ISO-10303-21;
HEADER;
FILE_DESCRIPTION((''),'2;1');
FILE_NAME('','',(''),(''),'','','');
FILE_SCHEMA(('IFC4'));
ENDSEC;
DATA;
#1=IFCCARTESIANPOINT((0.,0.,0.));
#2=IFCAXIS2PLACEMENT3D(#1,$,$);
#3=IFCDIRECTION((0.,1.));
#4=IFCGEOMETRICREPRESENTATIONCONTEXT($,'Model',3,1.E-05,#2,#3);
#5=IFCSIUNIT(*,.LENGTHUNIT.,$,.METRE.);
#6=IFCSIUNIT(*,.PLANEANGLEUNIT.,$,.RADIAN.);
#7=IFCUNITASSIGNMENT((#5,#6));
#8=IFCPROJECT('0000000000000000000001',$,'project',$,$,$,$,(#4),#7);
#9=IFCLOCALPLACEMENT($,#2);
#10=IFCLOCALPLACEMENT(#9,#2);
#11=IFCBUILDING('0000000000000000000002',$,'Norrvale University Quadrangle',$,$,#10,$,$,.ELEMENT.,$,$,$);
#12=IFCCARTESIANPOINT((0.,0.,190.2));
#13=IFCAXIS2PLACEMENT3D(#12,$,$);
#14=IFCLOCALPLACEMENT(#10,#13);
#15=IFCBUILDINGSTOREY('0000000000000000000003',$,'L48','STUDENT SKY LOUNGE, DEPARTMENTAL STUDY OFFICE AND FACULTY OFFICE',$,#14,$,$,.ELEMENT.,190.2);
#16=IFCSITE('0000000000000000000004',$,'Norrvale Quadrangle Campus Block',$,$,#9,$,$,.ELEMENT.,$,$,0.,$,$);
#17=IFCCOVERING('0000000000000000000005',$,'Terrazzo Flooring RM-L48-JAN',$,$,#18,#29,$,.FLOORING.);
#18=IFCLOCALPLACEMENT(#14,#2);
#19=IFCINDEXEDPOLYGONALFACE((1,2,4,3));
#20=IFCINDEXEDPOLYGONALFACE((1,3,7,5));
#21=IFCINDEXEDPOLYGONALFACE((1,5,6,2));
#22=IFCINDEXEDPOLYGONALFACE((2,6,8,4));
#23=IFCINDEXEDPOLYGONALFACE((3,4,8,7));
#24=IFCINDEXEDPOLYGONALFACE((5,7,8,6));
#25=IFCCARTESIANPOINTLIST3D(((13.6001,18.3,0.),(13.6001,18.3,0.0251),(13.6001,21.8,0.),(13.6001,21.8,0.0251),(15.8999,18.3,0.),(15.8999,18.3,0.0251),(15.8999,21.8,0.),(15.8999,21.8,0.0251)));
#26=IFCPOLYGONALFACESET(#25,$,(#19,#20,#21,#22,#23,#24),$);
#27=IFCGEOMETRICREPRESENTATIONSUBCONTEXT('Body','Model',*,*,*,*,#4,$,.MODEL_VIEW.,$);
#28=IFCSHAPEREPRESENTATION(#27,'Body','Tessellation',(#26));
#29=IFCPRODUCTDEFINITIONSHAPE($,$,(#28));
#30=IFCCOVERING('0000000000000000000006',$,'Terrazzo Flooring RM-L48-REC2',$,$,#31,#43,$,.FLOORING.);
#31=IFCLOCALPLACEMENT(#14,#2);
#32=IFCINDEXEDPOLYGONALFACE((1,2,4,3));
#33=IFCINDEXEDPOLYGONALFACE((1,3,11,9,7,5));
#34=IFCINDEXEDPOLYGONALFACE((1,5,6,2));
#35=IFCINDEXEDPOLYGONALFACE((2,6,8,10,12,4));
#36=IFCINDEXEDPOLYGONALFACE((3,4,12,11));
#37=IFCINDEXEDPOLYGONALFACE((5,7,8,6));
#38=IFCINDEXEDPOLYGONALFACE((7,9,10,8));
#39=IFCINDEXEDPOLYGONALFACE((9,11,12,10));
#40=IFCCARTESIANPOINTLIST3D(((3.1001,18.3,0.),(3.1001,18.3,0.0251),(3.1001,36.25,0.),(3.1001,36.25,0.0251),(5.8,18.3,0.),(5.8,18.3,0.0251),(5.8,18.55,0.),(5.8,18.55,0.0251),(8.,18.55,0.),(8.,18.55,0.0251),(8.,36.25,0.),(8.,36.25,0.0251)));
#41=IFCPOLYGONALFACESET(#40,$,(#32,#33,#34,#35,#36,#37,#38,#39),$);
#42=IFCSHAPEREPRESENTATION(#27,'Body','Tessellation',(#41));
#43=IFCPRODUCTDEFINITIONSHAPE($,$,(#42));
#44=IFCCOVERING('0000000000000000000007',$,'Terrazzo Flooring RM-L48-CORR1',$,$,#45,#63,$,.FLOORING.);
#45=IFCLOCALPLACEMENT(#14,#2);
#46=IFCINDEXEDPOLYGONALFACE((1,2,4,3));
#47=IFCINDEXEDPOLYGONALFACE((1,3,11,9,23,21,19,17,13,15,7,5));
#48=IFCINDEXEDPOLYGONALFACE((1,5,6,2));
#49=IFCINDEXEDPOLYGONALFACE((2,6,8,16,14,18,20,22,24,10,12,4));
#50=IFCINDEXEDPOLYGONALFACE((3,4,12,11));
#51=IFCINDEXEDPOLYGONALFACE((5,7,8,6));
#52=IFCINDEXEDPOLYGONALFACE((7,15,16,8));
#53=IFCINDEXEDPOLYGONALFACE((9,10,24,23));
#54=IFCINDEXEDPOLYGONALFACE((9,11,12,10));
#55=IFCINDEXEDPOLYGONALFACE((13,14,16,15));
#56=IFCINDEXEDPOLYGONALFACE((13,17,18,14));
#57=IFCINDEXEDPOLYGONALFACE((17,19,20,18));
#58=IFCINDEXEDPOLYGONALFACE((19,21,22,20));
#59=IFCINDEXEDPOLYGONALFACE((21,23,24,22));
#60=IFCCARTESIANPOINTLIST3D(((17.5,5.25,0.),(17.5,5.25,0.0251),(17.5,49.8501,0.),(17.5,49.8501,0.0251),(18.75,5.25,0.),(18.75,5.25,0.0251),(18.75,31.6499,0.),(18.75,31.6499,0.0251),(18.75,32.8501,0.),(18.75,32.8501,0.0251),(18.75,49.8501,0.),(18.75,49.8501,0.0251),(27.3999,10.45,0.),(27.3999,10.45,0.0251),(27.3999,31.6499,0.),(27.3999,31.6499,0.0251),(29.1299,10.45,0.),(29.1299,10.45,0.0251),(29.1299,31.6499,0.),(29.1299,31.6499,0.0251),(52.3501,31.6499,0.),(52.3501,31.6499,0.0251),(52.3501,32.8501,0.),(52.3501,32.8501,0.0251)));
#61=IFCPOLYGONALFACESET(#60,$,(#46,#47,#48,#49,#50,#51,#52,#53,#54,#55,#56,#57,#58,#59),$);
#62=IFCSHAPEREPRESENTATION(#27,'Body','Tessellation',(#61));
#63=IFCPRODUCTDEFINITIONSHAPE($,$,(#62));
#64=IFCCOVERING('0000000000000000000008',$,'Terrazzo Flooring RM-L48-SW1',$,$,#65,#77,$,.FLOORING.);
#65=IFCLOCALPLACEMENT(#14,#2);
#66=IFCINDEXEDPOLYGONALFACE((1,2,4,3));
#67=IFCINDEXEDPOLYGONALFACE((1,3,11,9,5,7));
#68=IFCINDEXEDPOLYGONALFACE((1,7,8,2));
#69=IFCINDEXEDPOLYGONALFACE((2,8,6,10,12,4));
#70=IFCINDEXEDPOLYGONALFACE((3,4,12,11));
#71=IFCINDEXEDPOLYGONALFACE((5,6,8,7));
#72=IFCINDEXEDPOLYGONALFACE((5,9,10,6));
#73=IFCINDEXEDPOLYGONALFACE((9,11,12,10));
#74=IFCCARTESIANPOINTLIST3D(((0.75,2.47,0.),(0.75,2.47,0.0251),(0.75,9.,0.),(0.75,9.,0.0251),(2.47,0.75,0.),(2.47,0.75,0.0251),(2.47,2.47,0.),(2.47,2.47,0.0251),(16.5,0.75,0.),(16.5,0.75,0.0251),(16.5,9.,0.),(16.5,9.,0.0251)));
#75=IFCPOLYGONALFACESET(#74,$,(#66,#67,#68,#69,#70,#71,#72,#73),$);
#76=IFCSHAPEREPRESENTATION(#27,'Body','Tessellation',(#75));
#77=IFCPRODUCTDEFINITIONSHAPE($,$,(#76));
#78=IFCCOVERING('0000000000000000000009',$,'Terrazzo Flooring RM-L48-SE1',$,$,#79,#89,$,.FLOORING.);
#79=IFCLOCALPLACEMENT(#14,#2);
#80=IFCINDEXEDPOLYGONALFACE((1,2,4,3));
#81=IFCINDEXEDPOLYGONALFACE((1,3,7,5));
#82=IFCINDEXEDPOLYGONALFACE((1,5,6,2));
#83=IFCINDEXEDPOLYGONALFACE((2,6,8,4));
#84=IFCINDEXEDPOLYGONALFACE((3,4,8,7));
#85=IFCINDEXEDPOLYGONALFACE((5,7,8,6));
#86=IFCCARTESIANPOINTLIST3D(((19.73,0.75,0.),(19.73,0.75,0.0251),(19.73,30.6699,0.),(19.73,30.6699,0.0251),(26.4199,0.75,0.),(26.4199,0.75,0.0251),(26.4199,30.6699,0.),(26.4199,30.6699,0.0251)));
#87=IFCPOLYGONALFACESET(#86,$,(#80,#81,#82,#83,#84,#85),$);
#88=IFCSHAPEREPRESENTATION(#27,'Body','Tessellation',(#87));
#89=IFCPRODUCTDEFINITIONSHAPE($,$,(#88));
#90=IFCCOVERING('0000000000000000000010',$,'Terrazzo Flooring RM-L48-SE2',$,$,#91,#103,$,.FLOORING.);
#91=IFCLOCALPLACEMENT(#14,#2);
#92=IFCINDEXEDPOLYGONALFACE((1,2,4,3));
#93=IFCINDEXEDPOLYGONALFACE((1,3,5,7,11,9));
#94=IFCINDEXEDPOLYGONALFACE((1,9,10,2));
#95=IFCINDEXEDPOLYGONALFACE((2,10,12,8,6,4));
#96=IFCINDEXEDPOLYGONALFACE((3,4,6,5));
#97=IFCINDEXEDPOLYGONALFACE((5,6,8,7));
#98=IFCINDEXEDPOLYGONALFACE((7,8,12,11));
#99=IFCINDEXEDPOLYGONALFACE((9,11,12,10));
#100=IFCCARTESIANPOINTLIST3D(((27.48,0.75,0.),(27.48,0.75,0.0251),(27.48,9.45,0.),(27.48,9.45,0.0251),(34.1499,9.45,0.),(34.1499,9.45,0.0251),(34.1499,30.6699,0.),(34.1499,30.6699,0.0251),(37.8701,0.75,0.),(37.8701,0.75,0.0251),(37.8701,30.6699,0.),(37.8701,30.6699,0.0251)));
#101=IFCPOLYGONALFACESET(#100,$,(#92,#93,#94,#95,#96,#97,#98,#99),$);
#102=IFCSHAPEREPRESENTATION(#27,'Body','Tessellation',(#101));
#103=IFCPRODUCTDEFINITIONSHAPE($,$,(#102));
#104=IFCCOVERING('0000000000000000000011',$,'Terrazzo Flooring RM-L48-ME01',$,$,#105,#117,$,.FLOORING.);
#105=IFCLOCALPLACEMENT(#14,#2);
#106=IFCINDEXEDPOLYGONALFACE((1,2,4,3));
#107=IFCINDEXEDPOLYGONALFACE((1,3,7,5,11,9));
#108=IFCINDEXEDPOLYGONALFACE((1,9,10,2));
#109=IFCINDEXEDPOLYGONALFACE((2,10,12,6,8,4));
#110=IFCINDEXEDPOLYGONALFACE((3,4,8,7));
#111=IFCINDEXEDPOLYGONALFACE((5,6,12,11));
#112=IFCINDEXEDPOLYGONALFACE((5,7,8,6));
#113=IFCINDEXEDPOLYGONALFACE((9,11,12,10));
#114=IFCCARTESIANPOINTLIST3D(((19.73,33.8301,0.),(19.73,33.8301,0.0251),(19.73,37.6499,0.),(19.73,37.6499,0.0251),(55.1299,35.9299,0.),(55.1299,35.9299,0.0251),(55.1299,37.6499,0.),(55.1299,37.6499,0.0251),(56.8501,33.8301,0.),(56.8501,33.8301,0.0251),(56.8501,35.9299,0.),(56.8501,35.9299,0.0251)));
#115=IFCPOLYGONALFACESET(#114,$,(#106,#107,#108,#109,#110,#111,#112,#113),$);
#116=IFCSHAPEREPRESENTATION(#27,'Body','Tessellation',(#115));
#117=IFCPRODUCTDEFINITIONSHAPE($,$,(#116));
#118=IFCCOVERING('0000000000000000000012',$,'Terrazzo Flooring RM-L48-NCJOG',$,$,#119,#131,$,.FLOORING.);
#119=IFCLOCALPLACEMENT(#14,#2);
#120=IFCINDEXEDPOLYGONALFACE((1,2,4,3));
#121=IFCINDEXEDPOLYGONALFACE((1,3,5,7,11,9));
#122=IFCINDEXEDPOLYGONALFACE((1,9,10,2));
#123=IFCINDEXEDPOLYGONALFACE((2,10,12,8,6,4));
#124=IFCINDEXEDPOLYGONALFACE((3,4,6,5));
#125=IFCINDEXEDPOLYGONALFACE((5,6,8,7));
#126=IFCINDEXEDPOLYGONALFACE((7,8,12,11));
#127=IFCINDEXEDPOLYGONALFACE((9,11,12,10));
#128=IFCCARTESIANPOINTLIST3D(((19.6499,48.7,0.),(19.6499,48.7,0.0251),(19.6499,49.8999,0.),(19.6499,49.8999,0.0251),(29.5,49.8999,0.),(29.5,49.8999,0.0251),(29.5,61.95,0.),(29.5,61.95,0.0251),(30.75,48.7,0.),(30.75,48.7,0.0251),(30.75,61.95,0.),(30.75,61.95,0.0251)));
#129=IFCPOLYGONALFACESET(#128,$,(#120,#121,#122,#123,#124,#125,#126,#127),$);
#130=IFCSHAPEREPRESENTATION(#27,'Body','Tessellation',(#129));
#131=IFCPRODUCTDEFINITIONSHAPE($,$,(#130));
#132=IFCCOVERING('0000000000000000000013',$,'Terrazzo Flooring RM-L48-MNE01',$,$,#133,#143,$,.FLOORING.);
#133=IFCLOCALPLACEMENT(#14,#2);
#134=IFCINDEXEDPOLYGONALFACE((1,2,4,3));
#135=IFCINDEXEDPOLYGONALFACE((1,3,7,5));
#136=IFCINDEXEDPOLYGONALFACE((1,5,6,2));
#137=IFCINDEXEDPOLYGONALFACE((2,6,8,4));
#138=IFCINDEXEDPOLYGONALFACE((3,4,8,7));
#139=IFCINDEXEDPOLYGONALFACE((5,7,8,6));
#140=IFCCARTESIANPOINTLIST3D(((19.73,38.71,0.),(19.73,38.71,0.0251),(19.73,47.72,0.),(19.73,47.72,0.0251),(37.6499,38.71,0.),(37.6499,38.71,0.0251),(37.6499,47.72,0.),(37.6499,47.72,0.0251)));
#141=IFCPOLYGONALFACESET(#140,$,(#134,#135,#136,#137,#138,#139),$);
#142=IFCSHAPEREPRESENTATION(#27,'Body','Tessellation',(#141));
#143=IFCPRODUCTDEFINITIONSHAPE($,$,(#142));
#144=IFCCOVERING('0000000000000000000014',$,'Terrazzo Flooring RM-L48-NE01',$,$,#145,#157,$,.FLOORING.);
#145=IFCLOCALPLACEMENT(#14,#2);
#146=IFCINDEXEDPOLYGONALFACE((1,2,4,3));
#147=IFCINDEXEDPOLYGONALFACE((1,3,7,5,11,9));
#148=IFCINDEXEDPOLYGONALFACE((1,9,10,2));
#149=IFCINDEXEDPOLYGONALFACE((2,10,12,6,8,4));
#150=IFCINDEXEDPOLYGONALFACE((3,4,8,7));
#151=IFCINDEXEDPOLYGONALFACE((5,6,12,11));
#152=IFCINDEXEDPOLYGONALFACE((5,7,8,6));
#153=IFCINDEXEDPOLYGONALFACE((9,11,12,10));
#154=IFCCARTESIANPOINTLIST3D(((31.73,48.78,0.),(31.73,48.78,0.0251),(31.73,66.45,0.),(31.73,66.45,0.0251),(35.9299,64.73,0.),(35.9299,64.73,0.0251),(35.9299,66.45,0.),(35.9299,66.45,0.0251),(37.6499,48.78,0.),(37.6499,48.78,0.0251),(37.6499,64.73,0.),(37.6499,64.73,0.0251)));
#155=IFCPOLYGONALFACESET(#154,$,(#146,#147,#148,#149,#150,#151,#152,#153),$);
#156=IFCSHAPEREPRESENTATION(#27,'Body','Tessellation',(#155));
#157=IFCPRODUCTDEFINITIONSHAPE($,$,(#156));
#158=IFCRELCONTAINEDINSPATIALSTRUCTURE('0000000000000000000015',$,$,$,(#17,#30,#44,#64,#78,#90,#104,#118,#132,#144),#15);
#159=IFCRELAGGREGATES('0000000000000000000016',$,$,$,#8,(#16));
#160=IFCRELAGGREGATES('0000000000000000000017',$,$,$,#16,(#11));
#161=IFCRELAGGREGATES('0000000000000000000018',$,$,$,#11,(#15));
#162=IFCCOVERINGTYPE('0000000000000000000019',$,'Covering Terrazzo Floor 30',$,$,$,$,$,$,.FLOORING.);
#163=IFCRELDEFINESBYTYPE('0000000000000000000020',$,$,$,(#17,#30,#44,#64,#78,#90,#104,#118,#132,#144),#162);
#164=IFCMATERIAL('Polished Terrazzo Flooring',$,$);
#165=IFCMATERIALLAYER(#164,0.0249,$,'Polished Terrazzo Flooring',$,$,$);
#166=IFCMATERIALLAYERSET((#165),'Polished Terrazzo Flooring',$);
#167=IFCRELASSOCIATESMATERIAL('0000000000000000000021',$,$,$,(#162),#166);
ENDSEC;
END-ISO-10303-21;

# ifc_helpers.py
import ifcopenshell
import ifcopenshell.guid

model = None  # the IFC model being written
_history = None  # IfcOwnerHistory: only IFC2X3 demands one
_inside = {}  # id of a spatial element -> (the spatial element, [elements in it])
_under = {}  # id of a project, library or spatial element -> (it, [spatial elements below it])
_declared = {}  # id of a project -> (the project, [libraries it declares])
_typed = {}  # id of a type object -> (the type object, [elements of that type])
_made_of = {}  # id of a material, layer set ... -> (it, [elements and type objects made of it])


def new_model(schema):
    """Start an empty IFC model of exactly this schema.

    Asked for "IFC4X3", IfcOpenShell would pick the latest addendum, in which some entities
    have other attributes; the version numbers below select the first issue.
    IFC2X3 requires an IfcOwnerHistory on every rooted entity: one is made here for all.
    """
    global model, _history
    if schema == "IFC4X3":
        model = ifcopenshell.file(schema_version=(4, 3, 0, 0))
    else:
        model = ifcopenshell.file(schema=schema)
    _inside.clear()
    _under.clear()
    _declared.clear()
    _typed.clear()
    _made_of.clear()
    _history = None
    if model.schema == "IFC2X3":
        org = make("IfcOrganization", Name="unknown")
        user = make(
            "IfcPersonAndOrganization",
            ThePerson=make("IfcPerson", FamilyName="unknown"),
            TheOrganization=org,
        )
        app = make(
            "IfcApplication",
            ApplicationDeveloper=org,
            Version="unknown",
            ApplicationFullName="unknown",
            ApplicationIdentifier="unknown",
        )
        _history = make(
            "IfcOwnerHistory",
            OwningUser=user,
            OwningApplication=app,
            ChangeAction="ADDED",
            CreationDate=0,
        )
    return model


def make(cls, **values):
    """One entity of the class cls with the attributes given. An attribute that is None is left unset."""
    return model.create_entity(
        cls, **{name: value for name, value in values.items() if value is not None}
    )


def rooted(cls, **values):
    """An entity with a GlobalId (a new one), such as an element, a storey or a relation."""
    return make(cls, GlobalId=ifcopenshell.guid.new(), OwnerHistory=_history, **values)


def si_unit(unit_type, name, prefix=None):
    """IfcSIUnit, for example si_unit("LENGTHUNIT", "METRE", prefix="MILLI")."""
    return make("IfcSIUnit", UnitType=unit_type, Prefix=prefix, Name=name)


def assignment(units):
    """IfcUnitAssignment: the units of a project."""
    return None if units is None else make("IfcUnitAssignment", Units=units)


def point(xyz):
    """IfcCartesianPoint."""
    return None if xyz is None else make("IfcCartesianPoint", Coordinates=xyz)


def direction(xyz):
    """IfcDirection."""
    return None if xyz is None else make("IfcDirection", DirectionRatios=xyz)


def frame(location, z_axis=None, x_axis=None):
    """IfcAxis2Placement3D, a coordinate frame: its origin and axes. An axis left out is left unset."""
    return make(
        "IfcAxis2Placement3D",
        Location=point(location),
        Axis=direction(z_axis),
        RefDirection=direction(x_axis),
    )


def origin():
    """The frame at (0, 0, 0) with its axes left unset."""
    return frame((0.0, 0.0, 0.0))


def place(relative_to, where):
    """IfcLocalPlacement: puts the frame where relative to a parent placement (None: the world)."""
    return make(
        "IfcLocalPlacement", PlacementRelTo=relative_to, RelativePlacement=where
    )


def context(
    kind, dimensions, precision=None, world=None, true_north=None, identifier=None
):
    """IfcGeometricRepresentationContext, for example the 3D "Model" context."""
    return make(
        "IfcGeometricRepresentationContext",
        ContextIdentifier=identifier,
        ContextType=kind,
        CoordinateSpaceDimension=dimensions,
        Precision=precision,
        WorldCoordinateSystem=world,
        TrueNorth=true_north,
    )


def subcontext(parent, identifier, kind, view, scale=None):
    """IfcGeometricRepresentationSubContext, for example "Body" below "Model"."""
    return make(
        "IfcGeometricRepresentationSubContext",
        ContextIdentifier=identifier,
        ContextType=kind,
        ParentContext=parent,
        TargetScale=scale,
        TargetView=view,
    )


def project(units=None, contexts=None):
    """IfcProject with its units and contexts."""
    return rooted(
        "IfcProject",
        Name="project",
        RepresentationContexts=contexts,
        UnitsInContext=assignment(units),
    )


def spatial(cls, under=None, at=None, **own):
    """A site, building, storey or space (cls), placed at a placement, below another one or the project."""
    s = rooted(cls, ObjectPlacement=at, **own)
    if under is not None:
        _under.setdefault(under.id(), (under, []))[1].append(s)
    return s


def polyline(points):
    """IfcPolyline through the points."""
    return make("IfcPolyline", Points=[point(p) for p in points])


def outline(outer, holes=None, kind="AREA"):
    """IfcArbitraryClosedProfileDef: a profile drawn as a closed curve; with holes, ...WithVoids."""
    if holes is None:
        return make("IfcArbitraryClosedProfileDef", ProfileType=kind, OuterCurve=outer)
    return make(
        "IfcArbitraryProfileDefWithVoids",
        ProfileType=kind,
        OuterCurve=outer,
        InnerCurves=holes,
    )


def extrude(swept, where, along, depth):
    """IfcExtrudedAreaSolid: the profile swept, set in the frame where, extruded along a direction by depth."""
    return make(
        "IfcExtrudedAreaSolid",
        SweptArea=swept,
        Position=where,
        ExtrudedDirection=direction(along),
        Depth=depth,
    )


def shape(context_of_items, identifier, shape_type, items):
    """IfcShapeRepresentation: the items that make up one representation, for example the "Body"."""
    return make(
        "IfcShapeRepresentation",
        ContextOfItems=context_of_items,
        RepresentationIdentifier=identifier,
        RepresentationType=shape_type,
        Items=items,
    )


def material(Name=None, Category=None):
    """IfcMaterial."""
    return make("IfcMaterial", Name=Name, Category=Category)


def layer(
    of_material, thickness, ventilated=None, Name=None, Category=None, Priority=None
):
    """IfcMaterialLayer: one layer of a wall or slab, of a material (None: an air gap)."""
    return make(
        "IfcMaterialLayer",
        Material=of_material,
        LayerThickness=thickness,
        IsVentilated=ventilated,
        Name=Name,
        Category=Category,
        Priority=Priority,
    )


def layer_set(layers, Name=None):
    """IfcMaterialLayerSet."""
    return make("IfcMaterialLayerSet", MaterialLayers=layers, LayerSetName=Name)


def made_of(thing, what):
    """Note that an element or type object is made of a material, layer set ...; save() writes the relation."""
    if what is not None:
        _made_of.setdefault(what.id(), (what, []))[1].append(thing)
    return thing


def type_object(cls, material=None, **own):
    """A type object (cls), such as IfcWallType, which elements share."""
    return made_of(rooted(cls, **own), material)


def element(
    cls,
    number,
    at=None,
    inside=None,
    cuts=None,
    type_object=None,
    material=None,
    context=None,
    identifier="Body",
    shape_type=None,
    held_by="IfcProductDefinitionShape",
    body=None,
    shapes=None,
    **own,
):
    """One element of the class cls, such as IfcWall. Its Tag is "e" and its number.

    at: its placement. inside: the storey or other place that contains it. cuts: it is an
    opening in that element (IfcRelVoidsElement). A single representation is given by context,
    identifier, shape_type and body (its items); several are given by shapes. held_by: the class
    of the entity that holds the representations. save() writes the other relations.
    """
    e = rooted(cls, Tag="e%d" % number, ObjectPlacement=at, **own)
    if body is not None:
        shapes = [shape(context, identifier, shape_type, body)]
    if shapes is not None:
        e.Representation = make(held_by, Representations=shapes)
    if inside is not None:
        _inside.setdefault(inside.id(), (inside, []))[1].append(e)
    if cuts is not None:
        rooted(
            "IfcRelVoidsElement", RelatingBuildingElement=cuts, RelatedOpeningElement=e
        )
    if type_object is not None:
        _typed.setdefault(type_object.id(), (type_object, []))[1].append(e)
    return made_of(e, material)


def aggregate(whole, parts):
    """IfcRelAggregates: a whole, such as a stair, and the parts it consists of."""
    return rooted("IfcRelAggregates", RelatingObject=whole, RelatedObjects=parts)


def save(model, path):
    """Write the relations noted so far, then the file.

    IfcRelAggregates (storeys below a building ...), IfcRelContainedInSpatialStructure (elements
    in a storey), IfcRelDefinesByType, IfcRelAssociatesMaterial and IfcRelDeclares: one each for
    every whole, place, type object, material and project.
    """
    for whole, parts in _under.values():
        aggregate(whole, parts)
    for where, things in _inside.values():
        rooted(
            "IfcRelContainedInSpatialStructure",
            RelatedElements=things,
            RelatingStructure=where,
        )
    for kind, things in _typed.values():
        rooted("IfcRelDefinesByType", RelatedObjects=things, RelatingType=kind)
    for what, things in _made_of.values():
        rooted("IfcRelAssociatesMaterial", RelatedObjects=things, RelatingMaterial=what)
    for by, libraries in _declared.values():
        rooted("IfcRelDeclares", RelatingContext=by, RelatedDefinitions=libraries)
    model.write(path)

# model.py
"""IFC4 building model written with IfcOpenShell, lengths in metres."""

from ifc_helpers import new_model, si_unit, direction, frame, origin, place, context, subcontext, project, spatial, polyline, outline, extrude, material, layer, layer_set, type_object, element, save


model = new_model("IFC4")

# Units and contexts
model_context = context("Model", 3, precision=1e-05, world=origin(), true_north=direction((0.0, 1.0)))
body_context = subcontext(model_context, "Body", "Model", "MODEL_VIEW")
ifc_project = project(units=[si_unit("LENGTHUNIT", "METRE"), si_unit("PLANEANGLEUNIT", "RADIAN")], contexts=[model_context])

# Site, building, storey
site_placement = place(None, origin())
site = spatial("IfcSite", under=ifc_project, at=site_placement, Name="Norrvale Quadrangle Campus Block", CompositionType="ELEMENT", RefElevation=0.0)
building_placement = place(site_placement, origin())
building = spatial("IfcBuilding", under=site, at=building_placement, Name="Norrvale University Quadrangle", CompositionType="ELEMENT")
storey_placement = place(building_placement, frame((0.0, 0.0, 190.2)))
storey = spatial("IfcBuildingStorey", under=building, at=storey_placement, Name="L48", Description="STUDENT SKY LOUNGE, DEPARTMENTAL STUDY OFFICE AND FACULTY OFFICE", CompositionType="ELEMENT", Elevation=190.2)

# Coverings
ifc_material_1 = material(Name="Polished Terrazzo Flooring")
ifc_layer_1 = layer(ifc_material_1, 0.0249, Name="Polished Terrazzo Flooring")
ifc_layer_set_1 = layer_set([ifc_layer_1], Name="Polished Terrazzo Flooring")
covering_type_1 = type_object("IfcCoveringType", Name="Covering Terrazzo Floor 30", PredefinedType="FLOORING", material=ifc_layer_set_1)
covering_1_placement = place(storey_placement, origin())
element("IfcCovering", 1, at=covering_1_placement, inside=storey, type_object=covering_type_1, Name="Terrazzo Flooring RM-L48-JAN", PredefinedType="FLOORING", context=body_context, shape_type="SweptSolid", body=[
    extrude(outline(polyline([(13.6001, 18.3), (13.6001, 21.8), (15.8999, 21.8), (15.8999, 18.3), (13.6001, 18.3)])), origin(), (0.0, 0.0, 1.0), 0.0251),
])
covering_2_placement = place(storey_placement, origin())
element("IfcCovering", 2, at=covering_2_placement, inside=storey, type_object=covering_type_1, Name="Terrazzo Flooring RM-L48-REC2", PredefinedType="FLOORING", context=body_context, shape_type="SweptSolid", body=[
    extrude(outline(polyline([(3.1001, 18.3), (3.1001, 36.25), (8.0, 36.25), (8.0, 18.55), (5.8, 18.55), (5.8, 18.3), (3.1001, 18.3)])), origin(), (0.0, 0.0, 1.0), 0.0251),
])
covering_3_placement = place(storey_placement, origin())
element("IfcCovering", 3, at=covering_3_placement, inside=storey, type_object=covering_type_1, Name="Terrazzo Flooring RM-L48-CORR1", PredefinedType="FLOORING", context=body_context, shape_type="SweptSolid", body=[
    extrude(outline(polyline([(17.5, 5.25), (17.5, 49.8501), (18.75, 49.8501), (18.75, 32.8501), (52.3501, 32.8501), (52.3501, 31.6499), (29.1299, 31.6499), (29.1299, 10.45), (27.3999, 10.45), (27.3999, 31.6499), (18.75, 31.6499), (18.75, 5.25), (17.5, 5.25)])), origin(), (0.0, 0.0, 1.0), 0.0251),
])
covering_4_placement = place(storey_placement, origin())
element("IfcCovering", 4, at=covering_4_placement, inside=storey, type_object=covering_type_1, Name="Terrazzo Flooring RM-L48-SW1", PredefinedType="FLOORING", context=body_context, shape_type="SweptSolid", body=[
    extrude(outline(polyline([(0.75, 9.0), (16.5, 9.0), (16.5, 0.75), (2.47, 0.75), (2.47, 2.47), (0.75, 2.47), (0.75, 9.0)])), origin(), (0.0, 0.0, 1.0), 0.0251),
])
covering_5_placement = place(storey_placement, origin())
element("IfcCovering", 5, at=covering_5_placement, inside=storey, type_object=covering_type_1, Name="Terrazzo Flooring RM-L48-SE1", PredefinedType="FLOORING", context=body_context, shape_type="SweptSolid", body=[
    extrude(outline(polyline([(19.73, 30.6699), (26.4199, 30.6699), (26.4199, 0.75), (19.73, 0.75), (19.73, 30.6699)])), origin(), (0.0, 0.0, 1.0), 0.0251),
])
covering_6_placement = place(storey_placement, origin())
element("IfcCovering", 6, at=covering_6_placement, inside=storey, type_object=covering_type_1, Name="Terrazzo Flooring RM-L48-SE2", PredefinedType="FLOORING", context=body_context, shape_type="SweptSolid", body=[
    extrude(outline(polyline([(27.48, 9.45), (34.1499, 9.45), (34.1499, 30.6699), (37.8701, 30.6699), (37.8701, 0.75), (27.48, 0.75), (27.48, 9.45)])), origin(), (0.0, 0.0, 1.0), 0.0251),
])
covering_7_placement = place(storey_placement, origin())
element("IfcCovering", 7, at=covering_7_placement, inside=storey, type_object=covering_type_1, Name="Terrazzo Flooring RM-L48-ME01", PredefinedType="FLOORING", context=body_context, shape_type="SweptSolid", body=[
    extrude(outline(polyline([(56.8501, 33.8301), (19.73, 33.8301), (19.73, 37.6499), (55.1299, 37.6499), (55.1299, 35.9299), (56.8501, 35.9299), (56.8501, 33.8301)])), origin(), (0.0, 0.0, 1.0), 0.0251),
])
covering_8_placement = place(storey_placement, origin())
element("IfcCovering", 8, at=covering_8_placement, inside=storey, type_object=covering_type_1, Name="Terrazzo Flooring RM-L48-NCJOG", PredefinedType="FLOORING", context=body_context, shape_type="SweptSolid", body=[
    extrude(outline(polyline([(19.6499, 48.7), (19.6499, 49.8999), (29.5, 49.8999), (29.5, 61.95), (30.75, 61.95), (30.75, 48.7), (19.6499, 48.7)])), origin(), (0.0, 0.0, 1.0), 0.0251),
])
covering_9_placement = place(storey_placement, origin())
element("IfcCovering", 9, at=covering_9_placement, inside=storey, type_object=covering_type_1, Name="Terrazzo Flooring RM-L48-MNE01", PredefinedType="FLOORING", context=body_context, shape_type="SweptSolid", body=[
    extrude(outline(polyline([(19.73, 47.72), (37.6499, 47.72), (37.6499, 38.71), (19.73, 38.71), (19.73, 47.72)])), origin(), (0.0, 0.0, 1.0), 0.0251),
])
covering_10_placement = place(storey_placement, origin())
element("IfcCovering", 10, at=covering_10_placement, inside=storey, type_object=covering_type_1, Name="Terrazzo Flooring RM-L48-NE01", PredefinedType="FLOORING", context=body_context, shape_type="SweptSolid", body=[
    extrude(outline(polyline([(37.6499, 48.78), (31.73, 48.78), (31.73, 66.45), (35.9299, 66.45), (35.9299, 64.73), (37.6499, 64.73), (37.6499, 48.78)])), origin(), (0.0, 0.0, 1.0), 0.0251),
])

save(model, "model.ifc")
